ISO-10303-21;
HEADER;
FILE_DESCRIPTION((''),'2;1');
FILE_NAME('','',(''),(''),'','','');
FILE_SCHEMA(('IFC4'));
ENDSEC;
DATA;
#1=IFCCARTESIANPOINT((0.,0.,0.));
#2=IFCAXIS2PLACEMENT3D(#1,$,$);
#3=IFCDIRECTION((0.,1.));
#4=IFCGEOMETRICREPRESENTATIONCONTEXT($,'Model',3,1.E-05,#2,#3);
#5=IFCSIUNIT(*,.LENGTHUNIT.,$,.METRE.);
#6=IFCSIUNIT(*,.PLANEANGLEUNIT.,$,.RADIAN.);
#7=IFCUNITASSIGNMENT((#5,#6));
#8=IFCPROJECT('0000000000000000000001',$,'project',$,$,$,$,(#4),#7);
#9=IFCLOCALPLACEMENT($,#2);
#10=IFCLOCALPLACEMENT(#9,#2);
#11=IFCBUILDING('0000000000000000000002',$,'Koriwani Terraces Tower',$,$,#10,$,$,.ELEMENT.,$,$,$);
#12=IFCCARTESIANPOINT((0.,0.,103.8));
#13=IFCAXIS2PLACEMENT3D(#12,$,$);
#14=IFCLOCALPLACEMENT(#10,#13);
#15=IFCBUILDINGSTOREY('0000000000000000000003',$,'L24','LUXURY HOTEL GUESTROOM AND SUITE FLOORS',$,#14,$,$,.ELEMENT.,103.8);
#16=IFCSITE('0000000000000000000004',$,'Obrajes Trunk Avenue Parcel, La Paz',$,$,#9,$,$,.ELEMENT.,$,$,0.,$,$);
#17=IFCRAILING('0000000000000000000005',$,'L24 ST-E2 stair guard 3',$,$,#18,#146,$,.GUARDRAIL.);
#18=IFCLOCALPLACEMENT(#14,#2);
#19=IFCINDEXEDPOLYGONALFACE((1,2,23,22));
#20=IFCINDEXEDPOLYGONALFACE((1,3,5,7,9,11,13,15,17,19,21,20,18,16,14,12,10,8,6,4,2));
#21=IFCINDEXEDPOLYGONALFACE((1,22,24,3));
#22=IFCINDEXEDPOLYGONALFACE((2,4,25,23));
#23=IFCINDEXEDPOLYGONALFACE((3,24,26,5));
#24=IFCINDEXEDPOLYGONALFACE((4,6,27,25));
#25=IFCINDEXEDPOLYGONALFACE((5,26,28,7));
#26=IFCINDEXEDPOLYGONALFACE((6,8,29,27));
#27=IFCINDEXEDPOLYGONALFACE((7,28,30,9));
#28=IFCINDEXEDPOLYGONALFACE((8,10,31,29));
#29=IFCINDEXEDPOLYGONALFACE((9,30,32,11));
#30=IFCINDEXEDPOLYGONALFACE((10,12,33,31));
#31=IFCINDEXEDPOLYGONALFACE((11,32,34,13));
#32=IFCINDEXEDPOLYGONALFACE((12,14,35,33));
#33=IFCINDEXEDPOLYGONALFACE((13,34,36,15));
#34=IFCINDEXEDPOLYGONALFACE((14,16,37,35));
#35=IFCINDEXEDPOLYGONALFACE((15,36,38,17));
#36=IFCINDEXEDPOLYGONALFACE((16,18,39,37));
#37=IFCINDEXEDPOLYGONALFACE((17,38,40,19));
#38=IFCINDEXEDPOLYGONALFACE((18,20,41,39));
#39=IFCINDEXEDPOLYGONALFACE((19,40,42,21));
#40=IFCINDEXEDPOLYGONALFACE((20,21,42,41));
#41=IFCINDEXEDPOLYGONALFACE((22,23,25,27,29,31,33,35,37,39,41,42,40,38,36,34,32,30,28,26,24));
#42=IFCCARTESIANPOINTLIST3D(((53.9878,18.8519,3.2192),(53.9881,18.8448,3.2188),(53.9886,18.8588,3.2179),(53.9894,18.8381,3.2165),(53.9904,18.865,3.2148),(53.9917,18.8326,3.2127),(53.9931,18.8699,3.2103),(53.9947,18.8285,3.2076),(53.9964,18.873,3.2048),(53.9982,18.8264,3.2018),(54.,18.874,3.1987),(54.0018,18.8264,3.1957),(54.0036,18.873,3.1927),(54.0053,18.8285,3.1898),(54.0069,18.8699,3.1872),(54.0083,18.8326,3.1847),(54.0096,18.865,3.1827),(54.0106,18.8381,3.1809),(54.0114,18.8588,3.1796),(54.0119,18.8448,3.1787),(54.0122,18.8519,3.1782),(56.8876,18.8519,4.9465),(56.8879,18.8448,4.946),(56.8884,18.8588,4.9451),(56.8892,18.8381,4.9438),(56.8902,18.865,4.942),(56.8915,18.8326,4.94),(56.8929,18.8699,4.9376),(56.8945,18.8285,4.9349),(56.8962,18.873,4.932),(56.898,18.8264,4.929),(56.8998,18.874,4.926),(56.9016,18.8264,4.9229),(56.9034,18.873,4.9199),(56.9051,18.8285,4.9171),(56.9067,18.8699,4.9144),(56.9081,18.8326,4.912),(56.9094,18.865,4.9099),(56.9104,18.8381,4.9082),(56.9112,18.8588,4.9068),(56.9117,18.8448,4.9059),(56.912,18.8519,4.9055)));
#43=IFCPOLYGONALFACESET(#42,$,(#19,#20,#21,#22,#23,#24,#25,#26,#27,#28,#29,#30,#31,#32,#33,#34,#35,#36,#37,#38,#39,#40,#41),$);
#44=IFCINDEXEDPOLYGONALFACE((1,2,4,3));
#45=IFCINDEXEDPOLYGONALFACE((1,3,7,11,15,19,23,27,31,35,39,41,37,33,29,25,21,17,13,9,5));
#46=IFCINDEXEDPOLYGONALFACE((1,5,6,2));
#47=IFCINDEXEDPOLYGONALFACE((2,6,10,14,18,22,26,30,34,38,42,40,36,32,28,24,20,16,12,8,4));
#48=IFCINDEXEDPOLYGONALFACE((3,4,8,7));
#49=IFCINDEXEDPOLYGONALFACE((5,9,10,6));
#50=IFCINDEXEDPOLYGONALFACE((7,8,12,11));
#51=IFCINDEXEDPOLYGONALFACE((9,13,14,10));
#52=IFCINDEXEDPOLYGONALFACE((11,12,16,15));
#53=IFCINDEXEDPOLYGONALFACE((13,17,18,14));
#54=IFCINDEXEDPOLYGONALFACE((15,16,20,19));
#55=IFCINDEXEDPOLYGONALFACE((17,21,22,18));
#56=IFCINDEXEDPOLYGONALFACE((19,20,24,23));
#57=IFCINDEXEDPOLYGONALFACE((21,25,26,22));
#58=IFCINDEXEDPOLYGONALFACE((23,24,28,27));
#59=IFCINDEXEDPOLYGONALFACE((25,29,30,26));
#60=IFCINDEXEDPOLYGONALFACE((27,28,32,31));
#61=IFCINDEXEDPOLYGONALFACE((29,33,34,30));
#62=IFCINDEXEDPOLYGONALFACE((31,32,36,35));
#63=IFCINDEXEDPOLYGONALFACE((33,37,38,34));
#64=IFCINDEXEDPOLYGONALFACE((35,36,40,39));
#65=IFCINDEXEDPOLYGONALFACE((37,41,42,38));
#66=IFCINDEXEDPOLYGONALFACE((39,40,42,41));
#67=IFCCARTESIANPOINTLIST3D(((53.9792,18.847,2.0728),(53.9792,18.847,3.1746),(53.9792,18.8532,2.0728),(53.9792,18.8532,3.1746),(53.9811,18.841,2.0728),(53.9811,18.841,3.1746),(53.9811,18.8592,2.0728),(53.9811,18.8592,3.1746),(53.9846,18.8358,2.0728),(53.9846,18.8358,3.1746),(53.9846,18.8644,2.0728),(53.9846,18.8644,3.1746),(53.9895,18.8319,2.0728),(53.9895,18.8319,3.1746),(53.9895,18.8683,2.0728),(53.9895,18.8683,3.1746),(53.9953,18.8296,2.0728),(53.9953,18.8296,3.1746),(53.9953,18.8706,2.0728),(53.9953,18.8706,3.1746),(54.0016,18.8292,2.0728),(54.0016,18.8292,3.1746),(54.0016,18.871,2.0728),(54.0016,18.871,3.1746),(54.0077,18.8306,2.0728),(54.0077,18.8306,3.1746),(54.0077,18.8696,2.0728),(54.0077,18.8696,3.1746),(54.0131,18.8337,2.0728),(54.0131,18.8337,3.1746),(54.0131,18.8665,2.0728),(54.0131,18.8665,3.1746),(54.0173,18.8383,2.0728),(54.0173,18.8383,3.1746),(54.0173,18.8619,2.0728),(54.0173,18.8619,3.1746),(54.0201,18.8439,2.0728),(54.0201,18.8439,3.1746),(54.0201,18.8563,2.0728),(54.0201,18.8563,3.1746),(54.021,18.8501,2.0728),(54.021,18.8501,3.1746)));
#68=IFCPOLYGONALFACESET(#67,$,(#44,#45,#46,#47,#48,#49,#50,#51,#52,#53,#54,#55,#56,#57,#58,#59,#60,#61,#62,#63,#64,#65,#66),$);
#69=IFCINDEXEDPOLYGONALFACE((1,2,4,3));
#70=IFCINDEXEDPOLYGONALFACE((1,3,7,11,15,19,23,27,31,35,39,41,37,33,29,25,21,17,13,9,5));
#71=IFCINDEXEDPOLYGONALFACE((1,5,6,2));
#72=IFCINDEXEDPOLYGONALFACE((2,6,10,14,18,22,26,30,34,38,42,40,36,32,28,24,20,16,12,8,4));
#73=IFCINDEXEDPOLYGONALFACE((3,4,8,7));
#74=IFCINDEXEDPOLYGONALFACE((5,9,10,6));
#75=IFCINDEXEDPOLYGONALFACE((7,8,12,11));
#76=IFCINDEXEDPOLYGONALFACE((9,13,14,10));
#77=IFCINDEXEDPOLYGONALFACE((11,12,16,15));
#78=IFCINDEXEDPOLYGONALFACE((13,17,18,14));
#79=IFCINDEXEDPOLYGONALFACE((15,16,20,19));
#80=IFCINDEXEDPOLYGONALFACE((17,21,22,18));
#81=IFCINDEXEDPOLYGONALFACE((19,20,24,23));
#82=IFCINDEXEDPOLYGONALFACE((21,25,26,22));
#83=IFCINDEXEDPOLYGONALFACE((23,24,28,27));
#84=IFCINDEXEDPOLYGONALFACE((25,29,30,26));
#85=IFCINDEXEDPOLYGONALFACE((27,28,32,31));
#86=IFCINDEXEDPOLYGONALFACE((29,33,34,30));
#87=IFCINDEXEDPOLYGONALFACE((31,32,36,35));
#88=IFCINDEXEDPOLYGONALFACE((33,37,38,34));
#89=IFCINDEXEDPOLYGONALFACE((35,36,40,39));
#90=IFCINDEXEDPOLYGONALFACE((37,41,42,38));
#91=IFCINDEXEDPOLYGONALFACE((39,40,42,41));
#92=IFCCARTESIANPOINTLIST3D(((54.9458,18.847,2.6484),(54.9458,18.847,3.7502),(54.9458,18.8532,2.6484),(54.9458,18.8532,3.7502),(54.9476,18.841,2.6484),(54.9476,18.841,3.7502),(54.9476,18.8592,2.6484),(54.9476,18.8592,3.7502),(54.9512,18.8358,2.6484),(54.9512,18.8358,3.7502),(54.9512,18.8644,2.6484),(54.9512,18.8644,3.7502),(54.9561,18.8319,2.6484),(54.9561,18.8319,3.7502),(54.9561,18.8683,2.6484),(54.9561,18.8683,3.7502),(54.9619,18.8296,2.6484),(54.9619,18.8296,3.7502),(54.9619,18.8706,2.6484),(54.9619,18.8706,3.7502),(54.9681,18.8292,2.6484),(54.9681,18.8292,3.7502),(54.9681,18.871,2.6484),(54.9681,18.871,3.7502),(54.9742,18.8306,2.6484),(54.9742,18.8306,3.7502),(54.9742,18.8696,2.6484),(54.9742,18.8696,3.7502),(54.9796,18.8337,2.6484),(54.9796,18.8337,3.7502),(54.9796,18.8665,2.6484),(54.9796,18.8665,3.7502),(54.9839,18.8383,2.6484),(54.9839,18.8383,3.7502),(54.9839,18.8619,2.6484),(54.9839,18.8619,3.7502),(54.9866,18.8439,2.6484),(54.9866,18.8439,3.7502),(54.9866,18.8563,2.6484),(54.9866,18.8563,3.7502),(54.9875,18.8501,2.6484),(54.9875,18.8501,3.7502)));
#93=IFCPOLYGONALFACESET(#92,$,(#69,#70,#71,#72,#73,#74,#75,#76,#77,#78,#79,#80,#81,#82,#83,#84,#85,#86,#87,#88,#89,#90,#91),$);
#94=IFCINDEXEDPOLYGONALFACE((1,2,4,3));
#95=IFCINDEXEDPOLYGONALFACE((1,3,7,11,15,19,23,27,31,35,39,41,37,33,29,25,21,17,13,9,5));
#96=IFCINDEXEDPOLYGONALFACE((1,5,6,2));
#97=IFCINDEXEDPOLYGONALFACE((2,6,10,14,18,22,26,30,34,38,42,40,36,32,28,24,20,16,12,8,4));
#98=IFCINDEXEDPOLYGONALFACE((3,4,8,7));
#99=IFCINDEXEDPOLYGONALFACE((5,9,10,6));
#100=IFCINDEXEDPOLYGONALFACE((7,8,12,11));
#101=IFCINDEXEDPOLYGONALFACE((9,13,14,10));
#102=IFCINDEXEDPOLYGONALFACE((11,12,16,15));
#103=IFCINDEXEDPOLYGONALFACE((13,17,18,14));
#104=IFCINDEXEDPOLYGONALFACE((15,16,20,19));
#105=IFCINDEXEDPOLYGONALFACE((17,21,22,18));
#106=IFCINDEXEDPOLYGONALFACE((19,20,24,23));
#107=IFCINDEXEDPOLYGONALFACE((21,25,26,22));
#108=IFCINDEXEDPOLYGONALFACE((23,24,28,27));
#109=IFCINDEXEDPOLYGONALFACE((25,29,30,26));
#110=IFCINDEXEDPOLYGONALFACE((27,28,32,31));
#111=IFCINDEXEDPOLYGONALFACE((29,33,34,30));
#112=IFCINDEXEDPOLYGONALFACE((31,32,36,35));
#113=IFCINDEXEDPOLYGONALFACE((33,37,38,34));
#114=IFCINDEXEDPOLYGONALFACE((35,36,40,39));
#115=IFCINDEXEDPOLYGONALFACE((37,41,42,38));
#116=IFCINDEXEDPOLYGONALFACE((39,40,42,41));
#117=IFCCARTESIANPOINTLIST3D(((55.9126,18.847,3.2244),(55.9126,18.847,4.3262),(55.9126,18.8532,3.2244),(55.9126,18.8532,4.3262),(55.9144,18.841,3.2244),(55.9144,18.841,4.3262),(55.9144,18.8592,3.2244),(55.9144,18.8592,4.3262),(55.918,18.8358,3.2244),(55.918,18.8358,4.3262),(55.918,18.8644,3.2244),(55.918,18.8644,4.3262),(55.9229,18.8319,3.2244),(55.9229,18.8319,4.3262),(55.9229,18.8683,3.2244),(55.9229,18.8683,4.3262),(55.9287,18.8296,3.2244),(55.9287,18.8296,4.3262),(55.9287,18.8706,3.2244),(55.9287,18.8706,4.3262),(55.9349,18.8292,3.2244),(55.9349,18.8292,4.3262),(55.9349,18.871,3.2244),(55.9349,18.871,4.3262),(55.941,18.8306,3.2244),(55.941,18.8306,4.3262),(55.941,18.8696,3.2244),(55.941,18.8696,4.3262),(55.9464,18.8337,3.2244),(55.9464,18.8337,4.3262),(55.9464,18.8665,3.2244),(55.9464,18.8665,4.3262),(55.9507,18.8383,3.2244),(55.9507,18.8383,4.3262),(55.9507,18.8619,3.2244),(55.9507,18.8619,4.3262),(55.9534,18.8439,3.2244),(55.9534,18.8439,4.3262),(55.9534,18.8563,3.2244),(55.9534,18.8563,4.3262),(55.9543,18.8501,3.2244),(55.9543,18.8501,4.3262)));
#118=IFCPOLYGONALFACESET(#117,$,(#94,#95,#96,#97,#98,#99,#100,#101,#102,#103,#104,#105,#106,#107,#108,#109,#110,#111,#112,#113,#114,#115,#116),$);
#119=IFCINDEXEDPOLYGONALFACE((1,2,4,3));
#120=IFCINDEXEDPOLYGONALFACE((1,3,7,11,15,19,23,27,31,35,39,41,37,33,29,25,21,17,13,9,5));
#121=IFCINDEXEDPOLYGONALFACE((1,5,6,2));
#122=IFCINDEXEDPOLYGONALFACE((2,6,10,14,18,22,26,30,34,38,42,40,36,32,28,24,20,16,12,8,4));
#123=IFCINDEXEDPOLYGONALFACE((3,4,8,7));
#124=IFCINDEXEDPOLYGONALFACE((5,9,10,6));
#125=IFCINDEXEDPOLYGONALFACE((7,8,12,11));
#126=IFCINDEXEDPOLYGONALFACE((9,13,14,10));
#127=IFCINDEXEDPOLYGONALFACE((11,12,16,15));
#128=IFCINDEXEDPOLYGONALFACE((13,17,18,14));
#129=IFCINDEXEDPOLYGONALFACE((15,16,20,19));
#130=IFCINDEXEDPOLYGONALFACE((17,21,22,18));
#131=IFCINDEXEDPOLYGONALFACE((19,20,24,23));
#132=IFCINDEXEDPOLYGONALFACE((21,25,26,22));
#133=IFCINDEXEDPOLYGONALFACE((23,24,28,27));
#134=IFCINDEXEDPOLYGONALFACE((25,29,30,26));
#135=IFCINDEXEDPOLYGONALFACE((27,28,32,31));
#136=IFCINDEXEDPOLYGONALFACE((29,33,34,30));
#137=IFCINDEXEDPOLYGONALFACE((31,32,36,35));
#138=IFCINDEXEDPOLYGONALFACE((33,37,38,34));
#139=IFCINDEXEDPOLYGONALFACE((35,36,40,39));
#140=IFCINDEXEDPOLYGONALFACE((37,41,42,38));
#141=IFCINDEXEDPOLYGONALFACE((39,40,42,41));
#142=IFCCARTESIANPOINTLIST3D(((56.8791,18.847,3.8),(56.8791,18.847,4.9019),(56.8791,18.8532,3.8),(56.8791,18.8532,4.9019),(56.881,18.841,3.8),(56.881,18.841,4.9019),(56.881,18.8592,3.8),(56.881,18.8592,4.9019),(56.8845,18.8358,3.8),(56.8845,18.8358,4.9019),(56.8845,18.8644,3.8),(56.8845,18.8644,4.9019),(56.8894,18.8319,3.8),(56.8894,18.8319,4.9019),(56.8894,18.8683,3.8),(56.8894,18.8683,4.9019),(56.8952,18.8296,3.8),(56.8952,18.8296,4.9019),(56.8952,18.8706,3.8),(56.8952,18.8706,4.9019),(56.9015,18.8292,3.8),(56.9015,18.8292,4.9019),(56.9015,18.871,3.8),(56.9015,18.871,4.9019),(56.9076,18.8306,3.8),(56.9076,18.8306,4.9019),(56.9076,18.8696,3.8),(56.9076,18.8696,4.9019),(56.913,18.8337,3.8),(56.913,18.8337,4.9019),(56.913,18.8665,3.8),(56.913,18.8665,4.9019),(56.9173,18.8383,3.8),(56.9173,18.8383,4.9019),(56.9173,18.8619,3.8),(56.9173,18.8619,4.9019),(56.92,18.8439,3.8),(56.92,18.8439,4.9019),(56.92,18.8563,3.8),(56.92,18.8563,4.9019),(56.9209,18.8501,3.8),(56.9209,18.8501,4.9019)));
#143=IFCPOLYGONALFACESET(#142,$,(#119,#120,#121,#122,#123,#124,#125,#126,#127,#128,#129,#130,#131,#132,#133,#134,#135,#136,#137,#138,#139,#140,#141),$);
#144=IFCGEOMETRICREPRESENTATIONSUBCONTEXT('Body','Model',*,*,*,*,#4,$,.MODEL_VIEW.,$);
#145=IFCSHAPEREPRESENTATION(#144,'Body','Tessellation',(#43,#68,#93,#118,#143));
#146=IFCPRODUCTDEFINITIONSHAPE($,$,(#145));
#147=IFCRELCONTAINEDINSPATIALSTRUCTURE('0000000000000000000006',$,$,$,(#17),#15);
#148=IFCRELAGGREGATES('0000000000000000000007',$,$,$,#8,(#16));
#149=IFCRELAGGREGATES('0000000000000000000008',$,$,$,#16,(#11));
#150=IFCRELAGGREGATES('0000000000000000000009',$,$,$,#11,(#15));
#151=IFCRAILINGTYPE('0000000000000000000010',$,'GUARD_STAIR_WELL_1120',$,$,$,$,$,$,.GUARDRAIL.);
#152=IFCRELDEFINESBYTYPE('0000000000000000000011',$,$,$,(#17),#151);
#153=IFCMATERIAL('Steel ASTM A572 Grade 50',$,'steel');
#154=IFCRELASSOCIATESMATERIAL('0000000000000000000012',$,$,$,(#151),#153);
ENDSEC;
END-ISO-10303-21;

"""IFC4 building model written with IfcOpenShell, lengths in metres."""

from ifc_helpers import new_model, si_unit, direction, frame, origin, origin_2d, place, context, subcontext, project, spatial, circle, extrude, material, type_object, element, save


model = new_model("IFC4")

# Units and contexts
model_context = context("Model", 3, precision=1e-05, world=origin(), true_north=direction((0.0, 1.0)))
body_context = subcontext(model_context, "Body", "Model", "MODEL_VIEW")
ifc_project = project(units=[si_unit("LENGTHUNIT", "METRE"), si_unit("PLANEANGLEUNIT", "RADIAN")], contexts=[model_context])

# Site, building, storey
site_placement = place(None, origin())
site = spatial("IfcSite", under=ifc_project, at=site_placement, Name="Obrajes Trunk Avenue Parcel, La Paz", CompositionType="ELEMENT", RefElevation=0.0)
building_placement = place(site_placement, origin())
building = spatial("IfcBuilding", under=site, at=building_placement, Name="Koriwani Terraces Tower", CompositionType="ELEMENT")
storey_placement = place(building_placement, frame((0.0, 0.0, 103.8)))
storey = spatial("IfcBuildingStorey", under=building, at=storey_placement, Name="L24", Description="LUXURY HOTEL GUESTROOM AND SUITE FLOORS", CompositionType="ELEMENT", Elevation=103.8)

# Shared definitions
ifc_material_1 = material(Name="Steel ASTM A572 Grade 50", Category="steel")

# Railing
railing_type_1 = type_object("IfcRailingType", Name="GUARD_STAIR_WELL_1120", PredefinedType="GUARDRAIL", material=ifc_material_1)
railing_1_placement = place(storey_placement, frame((54.0, 18.8501, 2.0728)))
element("IfcRailing", 1, at=railing_1_placement, inside=storey, type_object=railing_type_1, Name="L24 ST-E2 stair guard 3", PredefinedType="GUARDRAIL", context=body_context, shape_type="SweptSolid", body=[
    extrude(circle(Radius=0.0239, at=origin_2d()), frame((0.0, 0.0, 1.126), z_axis=(0.859141, 0.0, 0.511738), x_axis=(0.0, 1.0, 0.0)), (0.0, 0.0, 1.0), 3.3752),
    extrude(circle(Radius=0.021, at=origin_2d()), origin(), (0.0, 0.0, 1.0), 1.1018),
    extrude(circle(Radius=0.021, at=origin_2d()), frame((0.9666, 0.0, 0.5757)), (0.0, 0.0, 1.0), 1.1018),
    extrude(circle(Radius=0.021, at=origin_2d()), frame((1.9333, 0.0, 1.1516)), (0.0, 0.0, 1.0), 1.1018),
    extrude(circle(Radius=0.021, at=origin_2d()), frame((2.8999, 0.0, 1.7273)), (0.0, 0.0, 1.0), 1.1018),
])

save(model, "model.ifc")
